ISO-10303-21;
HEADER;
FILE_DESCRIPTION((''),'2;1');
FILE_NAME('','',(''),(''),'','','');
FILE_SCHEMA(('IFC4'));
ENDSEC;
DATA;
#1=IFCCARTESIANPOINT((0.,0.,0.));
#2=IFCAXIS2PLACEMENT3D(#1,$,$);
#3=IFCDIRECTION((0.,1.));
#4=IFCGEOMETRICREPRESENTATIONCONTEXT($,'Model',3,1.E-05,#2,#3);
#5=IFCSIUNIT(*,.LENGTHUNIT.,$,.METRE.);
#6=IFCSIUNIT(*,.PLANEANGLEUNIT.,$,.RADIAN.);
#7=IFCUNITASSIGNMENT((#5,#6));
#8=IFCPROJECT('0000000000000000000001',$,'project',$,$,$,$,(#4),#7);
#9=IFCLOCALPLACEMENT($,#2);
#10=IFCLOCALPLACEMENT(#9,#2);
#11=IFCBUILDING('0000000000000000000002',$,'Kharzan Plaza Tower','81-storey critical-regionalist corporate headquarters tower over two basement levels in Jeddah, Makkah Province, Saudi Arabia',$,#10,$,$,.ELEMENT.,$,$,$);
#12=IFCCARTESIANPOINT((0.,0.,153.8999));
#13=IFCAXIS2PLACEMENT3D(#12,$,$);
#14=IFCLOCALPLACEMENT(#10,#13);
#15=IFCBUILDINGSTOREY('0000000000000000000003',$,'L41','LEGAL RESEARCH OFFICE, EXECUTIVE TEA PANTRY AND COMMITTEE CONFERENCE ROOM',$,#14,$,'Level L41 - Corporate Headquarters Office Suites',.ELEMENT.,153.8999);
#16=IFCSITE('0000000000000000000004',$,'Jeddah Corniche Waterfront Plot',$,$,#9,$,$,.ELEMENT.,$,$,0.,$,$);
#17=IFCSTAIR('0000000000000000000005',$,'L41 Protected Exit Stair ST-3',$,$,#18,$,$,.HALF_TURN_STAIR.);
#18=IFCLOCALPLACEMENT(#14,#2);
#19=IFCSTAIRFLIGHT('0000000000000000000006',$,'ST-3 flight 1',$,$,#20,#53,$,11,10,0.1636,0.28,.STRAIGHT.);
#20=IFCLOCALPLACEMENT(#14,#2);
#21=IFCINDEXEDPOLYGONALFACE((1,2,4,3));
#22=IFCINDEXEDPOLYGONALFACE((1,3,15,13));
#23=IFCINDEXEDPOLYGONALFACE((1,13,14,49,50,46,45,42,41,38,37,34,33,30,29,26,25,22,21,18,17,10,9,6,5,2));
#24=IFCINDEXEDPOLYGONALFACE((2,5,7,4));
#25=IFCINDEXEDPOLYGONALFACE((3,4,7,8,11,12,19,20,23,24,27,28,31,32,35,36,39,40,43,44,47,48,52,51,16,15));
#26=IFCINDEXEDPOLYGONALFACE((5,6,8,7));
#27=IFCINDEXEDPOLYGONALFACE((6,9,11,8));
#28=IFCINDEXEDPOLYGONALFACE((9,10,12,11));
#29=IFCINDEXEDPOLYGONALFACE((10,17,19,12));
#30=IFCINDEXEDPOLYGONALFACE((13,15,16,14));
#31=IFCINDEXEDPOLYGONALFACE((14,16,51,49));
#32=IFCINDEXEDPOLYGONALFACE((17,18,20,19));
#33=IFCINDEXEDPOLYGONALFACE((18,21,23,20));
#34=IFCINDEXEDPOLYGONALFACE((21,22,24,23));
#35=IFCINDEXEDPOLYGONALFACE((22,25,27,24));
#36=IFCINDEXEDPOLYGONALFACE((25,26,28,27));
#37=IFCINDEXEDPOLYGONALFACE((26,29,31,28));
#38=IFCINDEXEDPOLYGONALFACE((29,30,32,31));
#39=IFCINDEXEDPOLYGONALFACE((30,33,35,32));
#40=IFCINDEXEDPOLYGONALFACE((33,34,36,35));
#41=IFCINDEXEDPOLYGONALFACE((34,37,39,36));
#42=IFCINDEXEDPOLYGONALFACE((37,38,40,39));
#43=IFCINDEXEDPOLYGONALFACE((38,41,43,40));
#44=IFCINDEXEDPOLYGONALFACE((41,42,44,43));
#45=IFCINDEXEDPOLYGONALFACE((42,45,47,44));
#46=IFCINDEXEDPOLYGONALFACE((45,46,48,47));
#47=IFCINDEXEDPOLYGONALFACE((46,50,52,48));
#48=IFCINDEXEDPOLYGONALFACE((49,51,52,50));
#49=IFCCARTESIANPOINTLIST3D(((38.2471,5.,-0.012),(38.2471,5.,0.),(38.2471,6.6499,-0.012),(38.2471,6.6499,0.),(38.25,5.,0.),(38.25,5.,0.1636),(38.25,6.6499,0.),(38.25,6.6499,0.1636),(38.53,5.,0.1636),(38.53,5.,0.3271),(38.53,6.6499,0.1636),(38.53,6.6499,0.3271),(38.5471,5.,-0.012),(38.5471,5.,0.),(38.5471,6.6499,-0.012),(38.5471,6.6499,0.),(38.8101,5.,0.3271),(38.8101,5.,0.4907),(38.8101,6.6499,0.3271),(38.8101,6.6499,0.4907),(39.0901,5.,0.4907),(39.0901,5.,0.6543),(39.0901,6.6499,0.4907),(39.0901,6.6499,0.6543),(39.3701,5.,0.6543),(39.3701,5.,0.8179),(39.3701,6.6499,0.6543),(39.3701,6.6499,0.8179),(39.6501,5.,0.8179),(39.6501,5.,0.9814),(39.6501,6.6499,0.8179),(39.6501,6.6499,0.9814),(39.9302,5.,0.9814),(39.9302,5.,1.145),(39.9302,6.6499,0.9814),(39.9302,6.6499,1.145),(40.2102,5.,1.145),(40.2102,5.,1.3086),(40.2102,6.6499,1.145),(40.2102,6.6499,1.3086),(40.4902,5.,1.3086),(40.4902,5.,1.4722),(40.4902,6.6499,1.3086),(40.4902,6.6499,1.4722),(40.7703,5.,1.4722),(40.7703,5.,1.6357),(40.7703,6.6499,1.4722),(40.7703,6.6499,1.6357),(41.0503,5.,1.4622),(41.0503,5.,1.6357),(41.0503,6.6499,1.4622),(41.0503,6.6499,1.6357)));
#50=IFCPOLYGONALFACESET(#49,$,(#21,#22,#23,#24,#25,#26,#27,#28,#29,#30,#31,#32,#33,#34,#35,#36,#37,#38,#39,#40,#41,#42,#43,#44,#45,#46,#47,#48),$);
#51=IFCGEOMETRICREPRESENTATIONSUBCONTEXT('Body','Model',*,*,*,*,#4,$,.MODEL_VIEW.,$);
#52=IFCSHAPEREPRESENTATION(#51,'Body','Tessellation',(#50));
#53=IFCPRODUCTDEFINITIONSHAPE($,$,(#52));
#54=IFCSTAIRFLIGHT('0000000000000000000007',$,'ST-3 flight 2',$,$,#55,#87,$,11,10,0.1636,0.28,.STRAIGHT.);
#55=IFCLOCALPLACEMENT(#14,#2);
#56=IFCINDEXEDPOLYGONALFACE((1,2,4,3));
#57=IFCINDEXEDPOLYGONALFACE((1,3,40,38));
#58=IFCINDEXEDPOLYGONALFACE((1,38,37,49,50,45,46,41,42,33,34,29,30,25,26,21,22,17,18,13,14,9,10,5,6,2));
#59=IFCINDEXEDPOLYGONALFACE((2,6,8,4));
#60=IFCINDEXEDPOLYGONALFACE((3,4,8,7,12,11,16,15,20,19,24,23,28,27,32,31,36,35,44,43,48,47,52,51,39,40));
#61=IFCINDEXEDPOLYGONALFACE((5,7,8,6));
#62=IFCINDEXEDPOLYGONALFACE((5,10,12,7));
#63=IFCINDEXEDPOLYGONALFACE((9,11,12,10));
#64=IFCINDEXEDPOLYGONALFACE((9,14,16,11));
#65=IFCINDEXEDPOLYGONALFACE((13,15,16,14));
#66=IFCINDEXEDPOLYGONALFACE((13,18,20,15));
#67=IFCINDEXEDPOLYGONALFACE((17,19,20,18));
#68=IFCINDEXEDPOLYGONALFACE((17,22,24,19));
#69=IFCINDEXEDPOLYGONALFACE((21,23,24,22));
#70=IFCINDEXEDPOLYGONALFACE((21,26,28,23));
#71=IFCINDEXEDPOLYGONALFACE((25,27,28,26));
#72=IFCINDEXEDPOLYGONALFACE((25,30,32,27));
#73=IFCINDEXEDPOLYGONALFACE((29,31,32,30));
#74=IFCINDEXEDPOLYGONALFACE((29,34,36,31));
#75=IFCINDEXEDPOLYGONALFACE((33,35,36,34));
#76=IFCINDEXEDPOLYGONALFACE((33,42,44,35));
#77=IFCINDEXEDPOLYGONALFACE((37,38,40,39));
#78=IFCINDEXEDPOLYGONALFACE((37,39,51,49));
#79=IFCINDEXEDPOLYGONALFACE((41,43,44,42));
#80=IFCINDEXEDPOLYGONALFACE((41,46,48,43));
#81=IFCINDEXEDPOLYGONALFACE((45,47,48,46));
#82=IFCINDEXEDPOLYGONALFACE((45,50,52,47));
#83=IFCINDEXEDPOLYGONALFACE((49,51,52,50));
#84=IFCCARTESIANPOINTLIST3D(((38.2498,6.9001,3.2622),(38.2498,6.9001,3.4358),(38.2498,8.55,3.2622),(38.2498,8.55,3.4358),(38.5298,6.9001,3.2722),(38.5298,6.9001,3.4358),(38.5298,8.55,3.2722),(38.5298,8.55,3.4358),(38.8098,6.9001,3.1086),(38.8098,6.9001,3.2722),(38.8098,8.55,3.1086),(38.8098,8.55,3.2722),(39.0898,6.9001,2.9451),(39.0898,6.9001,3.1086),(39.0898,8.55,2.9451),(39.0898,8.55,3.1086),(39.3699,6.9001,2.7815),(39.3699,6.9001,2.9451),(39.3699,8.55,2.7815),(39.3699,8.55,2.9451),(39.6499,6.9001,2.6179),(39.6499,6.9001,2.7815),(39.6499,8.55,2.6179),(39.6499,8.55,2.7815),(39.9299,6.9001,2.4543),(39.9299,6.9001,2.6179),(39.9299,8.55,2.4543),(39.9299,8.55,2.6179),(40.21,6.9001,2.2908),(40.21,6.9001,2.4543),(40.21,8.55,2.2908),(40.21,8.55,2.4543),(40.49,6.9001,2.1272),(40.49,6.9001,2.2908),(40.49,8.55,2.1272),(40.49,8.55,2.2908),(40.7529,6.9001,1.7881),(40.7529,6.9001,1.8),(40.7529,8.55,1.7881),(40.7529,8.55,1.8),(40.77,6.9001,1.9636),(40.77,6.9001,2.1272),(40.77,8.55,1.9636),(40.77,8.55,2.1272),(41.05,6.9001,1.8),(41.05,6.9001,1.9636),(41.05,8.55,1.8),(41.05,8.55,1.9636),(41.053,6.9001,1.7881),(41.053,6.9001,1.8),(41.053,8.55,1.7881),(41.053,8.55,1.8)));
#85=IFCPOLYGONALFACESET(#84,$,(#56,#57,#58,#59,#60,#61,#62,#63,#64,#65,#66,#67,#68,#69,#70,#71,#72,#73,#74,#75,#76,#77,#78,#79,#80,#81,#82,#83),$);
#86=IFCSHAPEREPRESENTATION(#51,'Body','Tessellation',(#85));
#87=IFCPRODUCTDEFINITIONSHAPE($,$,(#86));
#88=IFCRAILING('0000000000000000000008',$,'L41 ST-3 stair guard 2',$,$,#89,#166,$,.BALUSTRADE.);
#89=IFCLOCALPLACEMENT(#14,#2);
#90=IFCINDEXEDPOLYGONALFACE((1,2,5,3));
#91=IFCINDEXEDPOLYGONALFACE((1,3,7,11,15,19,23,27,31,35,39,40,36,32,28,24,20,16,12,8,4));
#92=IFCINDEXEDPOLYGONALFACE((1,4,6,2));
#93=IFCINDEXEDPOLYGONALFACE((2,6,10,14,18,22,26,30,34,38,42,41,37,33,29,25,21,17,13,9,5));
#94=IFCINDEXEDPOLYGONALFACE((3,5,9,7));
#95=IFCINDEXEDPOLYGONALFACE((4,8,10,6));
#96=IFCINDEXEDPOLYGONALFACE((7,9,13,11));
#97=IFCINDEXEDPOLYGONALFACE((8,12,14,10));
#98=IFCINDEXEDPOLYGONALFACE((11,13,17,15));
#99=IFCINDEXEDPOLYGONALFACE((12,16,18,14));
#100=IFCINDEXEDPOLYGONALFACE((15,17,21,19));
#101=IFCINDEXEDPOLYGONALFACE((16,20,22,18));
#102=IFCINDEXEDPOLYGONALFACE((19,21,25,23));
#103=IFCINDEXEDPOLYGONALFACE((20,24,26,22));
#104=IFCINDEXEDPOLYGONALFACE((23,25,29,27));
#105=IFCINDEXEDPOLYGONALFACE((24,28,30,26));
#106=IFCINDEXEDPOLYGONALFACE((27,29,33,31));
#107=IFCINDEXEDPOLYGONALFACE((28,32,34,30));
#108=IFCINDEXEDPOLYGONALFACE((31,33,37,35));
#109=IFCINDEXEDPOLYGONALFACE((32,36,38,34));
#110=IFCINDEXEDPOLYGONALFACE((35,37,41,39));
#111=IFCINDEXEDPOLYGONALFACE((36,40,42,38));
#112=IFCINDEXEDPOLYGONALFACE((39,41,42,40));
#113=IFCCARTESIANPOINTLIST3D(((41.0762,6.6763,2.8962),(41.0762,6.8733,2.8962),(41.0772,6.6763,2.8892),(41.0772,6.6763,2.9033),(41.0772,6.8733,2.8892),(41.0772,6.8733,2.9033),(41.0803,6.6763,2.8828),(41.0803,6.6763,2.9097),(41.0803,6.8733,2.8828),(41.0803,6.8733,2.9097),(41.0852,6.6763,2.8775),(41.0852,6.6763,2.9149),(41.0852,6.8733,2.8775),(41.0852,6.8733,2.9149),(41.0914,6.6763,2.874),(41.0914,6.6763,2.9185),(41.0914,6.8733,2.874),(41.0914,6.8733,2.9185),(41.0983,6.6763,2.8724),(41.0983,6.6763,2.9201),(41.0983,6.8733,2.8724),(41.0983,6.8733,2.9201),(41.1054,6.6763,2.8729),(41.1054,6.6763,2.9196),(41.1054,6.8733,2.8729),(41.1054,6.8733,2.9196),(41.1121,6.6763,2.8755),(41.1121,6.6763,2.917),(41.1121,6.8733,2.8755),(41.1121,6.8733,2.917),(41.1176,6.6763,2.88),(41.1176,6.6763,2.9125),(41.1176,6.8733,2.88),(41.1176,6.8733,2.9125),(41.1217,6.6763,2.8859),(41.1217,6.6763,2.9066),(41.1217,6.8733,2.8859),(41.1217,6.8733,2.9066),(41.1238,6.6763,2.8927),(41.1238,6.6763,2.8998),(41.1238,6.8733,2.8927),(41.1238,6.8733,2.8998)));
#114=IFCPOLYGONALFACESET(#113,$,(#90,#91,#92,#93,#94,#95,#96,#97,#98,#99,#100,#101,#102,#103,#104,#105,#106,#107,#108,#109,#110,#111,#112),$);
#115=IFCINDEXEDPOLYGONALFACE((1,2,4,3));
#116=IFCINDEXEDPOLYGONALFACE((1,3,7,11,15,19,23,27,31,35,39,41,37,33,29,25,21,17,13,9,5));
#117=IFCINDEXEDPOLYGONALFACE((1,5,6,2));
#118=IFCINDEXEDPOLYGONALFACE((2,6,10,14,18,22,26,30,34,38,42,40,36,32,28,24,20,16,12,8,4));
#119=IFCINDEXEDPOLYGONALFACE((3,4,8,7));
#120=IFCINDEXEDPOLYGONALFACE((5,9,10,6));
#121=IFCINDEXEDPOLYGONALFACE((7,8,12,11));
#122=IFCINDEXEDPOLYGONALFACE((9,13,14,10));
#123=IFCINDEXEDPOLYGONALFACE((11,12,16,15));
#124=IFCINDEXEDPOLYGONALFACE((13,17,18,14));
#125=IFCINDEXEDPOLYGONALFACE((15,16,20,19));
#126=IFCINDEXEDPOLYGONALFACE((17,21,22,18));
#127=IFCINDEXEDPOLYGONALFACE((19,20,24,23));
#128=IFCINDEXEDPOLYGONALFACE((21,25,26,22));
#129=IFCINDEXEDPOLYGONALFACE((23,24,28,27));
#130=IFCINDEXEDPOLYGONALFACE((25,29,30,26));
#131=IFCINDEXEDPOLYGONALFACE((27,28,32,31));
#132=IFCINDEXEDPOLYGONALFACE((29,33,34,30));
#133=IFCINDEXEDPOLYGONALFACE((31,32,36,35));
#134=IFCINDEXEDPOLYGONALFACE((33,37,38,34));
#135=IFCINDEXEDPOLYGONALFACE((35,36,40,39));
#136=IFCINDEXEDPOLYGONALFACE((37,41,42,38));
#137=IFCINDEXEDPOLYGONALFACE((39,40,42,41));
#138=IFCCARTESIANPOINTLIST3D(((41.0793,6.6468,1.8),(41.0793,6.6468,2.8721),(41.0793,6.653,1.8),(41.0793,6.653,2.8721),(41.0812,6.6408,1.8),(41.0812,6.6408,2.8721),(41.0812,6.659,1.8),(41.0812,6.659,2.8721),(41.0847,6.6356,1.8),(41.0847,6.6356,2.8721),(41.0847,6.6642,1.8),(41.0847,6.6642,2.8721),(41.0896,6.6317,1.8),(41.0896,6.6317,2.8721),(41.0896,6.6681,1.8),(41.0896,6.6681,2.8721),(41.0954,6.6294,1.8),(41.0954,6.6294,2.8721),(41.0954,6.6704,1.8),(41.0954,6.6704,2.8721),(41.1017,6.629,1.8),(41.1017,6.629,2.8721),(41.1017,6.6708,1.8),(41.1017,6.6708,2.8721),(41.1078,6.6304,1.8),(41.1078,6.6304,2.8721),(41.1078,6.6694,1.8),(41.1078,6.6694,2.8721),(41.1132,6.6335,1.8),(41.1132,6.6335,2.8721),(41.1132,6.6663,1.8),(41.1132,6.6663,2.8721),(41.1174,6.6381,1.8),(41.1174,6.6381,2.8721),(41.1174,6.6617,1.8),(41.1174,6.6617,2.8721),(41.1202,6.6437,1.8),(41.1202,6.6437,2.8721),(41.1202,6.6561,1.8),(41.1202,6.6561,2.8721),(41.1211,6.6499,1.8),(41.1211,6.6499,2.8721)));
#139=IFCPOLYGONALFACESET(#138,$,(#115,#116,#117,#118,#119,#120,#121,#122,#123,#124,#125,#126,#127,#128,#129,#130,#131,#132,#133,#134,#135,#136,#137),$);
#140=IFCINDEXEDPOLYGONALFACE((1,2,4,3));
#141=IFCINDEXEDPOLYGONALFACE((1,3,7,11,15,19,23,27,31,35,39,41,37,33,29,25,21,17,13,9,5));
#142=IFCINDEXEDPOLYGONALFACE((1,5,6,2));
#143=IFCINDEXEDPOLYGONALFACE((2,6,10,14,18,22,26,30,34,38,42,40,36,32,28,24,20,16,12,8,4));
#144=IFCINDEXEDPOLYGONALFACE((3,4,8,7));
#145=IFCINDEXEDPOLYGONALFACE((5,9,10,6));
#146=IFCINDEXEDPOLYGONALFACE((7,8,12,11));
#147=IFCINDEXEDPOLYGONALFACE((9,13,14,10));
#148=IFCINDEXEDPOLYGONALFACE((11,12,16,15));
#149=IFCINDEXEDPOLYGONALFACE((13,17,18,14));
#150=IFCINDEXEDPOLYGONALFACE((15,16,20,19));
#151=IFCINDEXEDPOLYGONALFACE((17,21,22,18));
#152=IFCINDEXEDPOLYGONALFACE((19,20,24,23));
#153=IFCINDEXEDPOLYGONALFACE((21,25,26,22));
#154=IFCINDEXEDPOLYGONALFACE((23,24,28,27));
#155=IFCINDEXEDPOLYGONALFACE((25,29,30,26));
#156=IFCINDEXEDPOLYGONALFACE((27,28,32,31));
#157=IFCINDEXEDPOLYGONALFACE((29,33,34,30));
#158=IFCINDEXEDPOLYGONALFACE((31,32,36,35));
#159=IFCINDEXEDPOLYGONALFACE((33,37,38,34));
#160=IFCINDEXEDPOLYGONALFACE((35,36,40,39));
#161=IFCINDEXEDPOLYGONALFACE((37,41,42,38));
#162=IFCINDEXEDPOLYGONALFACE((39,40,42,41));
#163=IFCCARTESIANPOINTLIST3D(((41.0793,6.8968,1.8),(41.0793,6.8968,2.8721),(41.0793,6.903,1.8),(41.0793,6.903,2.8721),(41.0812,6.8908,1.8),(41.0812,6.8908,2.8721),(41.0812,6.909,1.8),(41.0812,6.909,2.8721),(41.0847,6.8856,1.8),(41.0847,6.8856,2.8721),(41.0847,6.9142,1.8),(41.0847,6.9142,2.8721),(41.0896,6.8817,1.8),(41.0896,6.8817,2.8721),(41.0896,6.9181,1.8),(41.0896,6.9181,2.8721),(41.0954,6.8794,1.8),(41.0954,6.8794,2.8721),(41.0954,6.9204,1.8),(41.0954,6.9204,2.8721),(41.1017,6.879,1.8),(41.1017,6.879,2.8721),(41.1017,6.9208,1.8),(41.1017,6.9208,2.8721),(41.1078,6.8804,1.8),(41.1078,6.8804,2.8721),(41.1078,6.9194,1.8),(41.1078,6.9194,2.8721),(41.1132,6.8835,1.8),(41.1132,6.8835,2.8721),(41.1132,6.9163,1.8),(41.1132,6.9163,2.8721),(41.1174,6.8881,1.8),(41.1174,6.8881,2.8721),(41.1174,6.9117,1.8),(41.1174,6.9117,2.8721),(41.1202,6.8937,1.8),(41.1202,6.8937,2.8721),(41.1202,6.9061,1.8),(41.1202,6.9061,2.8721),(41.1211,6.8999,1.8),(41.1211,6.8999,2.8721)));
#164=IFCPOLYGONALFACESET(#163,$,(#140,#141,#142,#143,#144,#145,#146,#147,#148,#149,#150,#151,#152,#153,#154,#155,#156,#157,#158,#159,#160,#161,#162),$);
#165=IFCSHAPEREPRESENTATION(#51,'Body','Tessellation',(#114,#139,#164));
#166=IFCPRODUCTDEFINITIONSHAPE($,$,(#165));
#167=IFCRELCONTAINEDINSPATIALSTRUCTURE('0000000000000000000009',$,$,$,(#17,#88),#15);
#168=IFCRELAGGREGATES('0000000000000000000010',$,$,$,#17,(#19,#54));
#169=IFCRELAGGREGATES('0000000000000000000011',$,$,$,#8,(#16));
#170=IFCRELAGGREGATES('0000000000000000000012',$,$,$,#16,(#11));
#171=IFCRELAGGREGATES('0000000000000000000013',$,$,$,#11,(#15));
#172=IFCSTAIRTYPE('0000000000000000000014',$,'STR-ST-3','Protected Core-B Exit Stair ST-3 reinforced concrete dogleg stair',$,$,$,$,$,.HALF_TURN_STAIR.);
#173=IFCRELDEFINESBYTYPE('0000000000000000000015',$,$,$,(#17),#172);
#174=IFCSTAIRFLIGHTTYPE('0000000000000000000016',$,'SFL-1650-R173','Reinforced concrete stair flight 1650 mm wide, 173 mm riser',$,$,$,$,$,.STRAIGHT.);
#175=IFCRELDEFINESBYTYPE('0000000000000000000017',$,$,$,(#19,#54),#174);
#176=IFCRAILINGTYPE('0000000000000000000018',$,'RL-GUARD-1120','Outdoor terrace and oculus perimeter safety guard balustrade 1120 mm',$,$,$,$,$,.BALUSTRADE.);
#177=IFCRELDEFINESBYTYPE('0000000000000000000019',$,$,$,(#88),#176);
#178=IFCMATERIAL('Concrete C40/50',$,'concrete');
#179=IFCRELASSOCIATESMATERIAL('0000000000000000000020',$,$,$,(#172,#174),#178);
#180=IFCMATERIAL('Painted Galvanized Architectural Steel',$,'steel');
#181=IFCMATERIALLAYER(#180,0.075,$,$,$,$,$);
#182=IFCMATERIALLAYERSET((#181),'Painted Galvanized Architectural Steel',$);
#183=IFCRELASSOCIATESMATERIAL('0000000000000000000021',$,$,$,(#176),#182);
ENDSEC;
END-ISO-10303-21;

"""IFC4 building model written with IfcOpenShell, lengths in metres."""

from ifc_helpers import new_model, si_unit, direction, frame, origin, origin_2d, place, context, subcontext, project, spatial, polyline, circle, outline, extrude, source, transform, mapped, material, layer, layer_set, type_object, element, aggregate, save


model = new_model("IFC4")

# Units and contexts
model_context = context("Model", 3, precision=1e-05, world=origin(), true_north=direction((0.0, 1.0)))
body_context = subcontext(model_context, "Body", "Model", "MODEL_VIEW")
ifc_project = project(units=[si_unit("LENGTHUNIT", "METRE"), si_unit("PLANEANGLEUNIT", "RADIAN")], contexts=[model_context])

# Site, building, storey
site_placement = place(None, origin())
site = spatial("IfcSite", under=ifc_project, at=site_placement, Name="Jeddah Corniche Waterfront Plot", CompositionType="ELEMENT", RefElevation=0.0)
building_placement = place(site_placement, origin())
building = spatial("IfcBuilding", under=site, at=building_placement, Name="Kharzan Plaza Tower", Description="81-storey critical-regionalist corporate headquarters tower over two basement levels in Jeddah, Makkah Province, Saudi Arabia", CompositionType="ELEMENT")
storey_placement = place(building_placement, frame((0.0, 0.0, 153.8999)))
storey = spatial("IfcBuildingStorey", under=building, at=storey_placement, Name="L41", Description="LEGAL RESEARCH OFFICE, EXECUTIVE TEA PANTRY AND COMMITTEE CONFERENCE ROOM", LongName="Level L41 - Corporate Headquarters Office Suites", CompositionType="ELEMENT", Elevation=153.8999)

# Shared definitions
ifc_material_1 = material(Name="Concrete C40/50", Category="concrete")

# Stair, stair flights
stair_type = type_object("IfcStairType", Name="STR-ST-3", Description="Protected Core-B Exit Stair ST-3 reinforced concrete dogleg stair", PredefinedType="HALF_TURN_STAIR", material=ifc_material_1)
stair_placement = place(storey_placement, origin())
stair = element("IfcStair", 1, at=stair_placement, inside=storey, type_object=stair_type, Name="L41 Protected Exit Stair ST-3", PredefinedType="HALF_TURN_STAIR")
stair_flight_type = type_object("IfcStairFlightType", Name="SFL-1650-R173", Description="Reinforced concrete stair flight 1650 mm wide, 173 mm riser", PredefinedType="STRAIGHT", material=ifc_material_1)
shared_shape_1 = source(origin(), body_context, "Body", "SweptSolid", [
    extrude(outline(polyline([(-0.0029, -0.012), (-0.0029, 0.0), (0.0, 0.0), (0.0, 0.1636), (0.28, 0.1636), (0.28, 0.3271), (0.5601, 0.3271), (0.5601, 0.4907), (0.8401, 0.4907), (0.8401, 0.6543), (1.1201, 0.6543), (1.1201, 0.8179), (1.4001, 0.8179), (1.4001, 0.9814), (1.6802, 0.9814), (1.6802, 1.145), (1.9602, 1.145), (1.9602, 1.3086), (2.2402, 1.3086), (2.2402, 1.4722), (2.5203, 1.4722), (2.5203, 1.6357), (2.8003, 1.6357), (2.8003, 1.7993), (2.8003, 1.4622), (0.2971, 0.0), (0.2971, -0.012), (-0.0029, -0.012)])), frame((0.0, 0.825, 0.0), z_axis=(0.0, -1.0, 0.0), x_axis=(1.0, 0.0, 0.0)), (0.0, 0.0, 1.0), 1.6499),
])
stair_flight_1_placement = place(storey_placement, frame((38.25, 5.825, 0.0), z_axis=(0.0, 0.0, 1.0), x_axis=(1.0, 0.0, 0.0)))
stair_flight_1 = element("IfcStairFlight", 2, at=stair_flight_1_placement, type_object=stair_flight_type, Name="ST-3 flight 1", NumberOfRisers=11, NumberOfTreads=10, PredefinedType="STRAIGHT", RiserHeight=0.1636, TreadLength=0.28, context=body_context, shape_type="MappedRepresentation", body=[
    mapped(shared_shape_1, transform((0.0, 0.0, 0.0), x_axis=(1.0, 0.0, 0.0), y_axis=(0.0, 1.0, 0.0), z_axis=(0.0, 0.0, 1.0))),
])
stair_flight_2_placement = place(storey_placement, frame((41.05, 7.7251, 1.8), z_axis=(0.0, 0.0, 1.0), x_axis=(-1.0, 0.0, 0.0)))
stair_flight_2 = element("IfcStairFlight", 3, at=stair_flight_2_placement, type_object=stair_flight_type, Name="ST-3 flight 2", NumberOfRisers=11, NumberOfTreads=10, PredefinedType="STRAIGHT", RiserHeight=0.1636, TreadLength=0.28, context=body_context, shape_type="MappedRepresentation", body=[
    mapped(shared_shape_1, transform((0.0, 0.0, 0.0), x_axis=(1.0, 0.0, 0.0), y_axis=(0.0, 1.0, 0.0), z_axis=(0.0, 0.0, 1.0))),
])
aggregate(stair, [stair_flight_1, stair_flight_2])

# Railing
ifc_material_2 = material(Name="Painted Galvanized Architectural Steel", Category="steel")
ifc_layer_1 = layer(ifc_material_2, 0.075)
ifc_layer_set_1 = layer_set([ifc_layer_1], Name="Painted Galvanized Architectural Steel")
railing_type_1 = type_object("IfcRailingType", Name="RL-GUARD-1120", Description="Outdoor terrace and oculus perimeter safety guard balustrade 1120 mm", PredefinedType="BALUSTRADE", material=ifc_layer_set_1)
shared_shape_2 = source(origin(), body_context, "Body", "SweptSolid", [
    extrude(circle(Radius=0.0239, at=origin_2d()), frame((0.0, 0.0264, 1.0962), z_axis=(0.0, 1.0, 0.0), x_axis=(-1.0, 0.0, 0.0)), (0.0, 0.0, 1.0), 0.197),
    extrude(circle(Radius=0.021, at=origin_2d()), origin(), (0.0, 0.0, 1.0), 1.072),
    extrude(circle(Radius=0.021, at=origin_2d()), frame((0.0, 0.25, 0.0)), (0.0, 0.0, 1.0), 1.072),
])
for number, where, name in (
    (4, (41.1001, 6.6499, 1.8), "L41 ST-3 stair guard 2"),
):
    element("IfcRailing", number, at=place(storey_placement, frame(where)), inside=storey, type_object=railing_type_1, Name=name, PredefinedType="BALUSTRADE", context=body_context, shape_type="MappedRepresentation", body=[
        mapped(shared_shape_2, transform((0.0, 0.0, 0.0), x_axis=(1.0, 0.0, 0.0), y_axis=(0.0, 1.0, 0.0), z_axis=(0.0, 0.0, 1.0))),
    ])

save(model, "model.ifc")
